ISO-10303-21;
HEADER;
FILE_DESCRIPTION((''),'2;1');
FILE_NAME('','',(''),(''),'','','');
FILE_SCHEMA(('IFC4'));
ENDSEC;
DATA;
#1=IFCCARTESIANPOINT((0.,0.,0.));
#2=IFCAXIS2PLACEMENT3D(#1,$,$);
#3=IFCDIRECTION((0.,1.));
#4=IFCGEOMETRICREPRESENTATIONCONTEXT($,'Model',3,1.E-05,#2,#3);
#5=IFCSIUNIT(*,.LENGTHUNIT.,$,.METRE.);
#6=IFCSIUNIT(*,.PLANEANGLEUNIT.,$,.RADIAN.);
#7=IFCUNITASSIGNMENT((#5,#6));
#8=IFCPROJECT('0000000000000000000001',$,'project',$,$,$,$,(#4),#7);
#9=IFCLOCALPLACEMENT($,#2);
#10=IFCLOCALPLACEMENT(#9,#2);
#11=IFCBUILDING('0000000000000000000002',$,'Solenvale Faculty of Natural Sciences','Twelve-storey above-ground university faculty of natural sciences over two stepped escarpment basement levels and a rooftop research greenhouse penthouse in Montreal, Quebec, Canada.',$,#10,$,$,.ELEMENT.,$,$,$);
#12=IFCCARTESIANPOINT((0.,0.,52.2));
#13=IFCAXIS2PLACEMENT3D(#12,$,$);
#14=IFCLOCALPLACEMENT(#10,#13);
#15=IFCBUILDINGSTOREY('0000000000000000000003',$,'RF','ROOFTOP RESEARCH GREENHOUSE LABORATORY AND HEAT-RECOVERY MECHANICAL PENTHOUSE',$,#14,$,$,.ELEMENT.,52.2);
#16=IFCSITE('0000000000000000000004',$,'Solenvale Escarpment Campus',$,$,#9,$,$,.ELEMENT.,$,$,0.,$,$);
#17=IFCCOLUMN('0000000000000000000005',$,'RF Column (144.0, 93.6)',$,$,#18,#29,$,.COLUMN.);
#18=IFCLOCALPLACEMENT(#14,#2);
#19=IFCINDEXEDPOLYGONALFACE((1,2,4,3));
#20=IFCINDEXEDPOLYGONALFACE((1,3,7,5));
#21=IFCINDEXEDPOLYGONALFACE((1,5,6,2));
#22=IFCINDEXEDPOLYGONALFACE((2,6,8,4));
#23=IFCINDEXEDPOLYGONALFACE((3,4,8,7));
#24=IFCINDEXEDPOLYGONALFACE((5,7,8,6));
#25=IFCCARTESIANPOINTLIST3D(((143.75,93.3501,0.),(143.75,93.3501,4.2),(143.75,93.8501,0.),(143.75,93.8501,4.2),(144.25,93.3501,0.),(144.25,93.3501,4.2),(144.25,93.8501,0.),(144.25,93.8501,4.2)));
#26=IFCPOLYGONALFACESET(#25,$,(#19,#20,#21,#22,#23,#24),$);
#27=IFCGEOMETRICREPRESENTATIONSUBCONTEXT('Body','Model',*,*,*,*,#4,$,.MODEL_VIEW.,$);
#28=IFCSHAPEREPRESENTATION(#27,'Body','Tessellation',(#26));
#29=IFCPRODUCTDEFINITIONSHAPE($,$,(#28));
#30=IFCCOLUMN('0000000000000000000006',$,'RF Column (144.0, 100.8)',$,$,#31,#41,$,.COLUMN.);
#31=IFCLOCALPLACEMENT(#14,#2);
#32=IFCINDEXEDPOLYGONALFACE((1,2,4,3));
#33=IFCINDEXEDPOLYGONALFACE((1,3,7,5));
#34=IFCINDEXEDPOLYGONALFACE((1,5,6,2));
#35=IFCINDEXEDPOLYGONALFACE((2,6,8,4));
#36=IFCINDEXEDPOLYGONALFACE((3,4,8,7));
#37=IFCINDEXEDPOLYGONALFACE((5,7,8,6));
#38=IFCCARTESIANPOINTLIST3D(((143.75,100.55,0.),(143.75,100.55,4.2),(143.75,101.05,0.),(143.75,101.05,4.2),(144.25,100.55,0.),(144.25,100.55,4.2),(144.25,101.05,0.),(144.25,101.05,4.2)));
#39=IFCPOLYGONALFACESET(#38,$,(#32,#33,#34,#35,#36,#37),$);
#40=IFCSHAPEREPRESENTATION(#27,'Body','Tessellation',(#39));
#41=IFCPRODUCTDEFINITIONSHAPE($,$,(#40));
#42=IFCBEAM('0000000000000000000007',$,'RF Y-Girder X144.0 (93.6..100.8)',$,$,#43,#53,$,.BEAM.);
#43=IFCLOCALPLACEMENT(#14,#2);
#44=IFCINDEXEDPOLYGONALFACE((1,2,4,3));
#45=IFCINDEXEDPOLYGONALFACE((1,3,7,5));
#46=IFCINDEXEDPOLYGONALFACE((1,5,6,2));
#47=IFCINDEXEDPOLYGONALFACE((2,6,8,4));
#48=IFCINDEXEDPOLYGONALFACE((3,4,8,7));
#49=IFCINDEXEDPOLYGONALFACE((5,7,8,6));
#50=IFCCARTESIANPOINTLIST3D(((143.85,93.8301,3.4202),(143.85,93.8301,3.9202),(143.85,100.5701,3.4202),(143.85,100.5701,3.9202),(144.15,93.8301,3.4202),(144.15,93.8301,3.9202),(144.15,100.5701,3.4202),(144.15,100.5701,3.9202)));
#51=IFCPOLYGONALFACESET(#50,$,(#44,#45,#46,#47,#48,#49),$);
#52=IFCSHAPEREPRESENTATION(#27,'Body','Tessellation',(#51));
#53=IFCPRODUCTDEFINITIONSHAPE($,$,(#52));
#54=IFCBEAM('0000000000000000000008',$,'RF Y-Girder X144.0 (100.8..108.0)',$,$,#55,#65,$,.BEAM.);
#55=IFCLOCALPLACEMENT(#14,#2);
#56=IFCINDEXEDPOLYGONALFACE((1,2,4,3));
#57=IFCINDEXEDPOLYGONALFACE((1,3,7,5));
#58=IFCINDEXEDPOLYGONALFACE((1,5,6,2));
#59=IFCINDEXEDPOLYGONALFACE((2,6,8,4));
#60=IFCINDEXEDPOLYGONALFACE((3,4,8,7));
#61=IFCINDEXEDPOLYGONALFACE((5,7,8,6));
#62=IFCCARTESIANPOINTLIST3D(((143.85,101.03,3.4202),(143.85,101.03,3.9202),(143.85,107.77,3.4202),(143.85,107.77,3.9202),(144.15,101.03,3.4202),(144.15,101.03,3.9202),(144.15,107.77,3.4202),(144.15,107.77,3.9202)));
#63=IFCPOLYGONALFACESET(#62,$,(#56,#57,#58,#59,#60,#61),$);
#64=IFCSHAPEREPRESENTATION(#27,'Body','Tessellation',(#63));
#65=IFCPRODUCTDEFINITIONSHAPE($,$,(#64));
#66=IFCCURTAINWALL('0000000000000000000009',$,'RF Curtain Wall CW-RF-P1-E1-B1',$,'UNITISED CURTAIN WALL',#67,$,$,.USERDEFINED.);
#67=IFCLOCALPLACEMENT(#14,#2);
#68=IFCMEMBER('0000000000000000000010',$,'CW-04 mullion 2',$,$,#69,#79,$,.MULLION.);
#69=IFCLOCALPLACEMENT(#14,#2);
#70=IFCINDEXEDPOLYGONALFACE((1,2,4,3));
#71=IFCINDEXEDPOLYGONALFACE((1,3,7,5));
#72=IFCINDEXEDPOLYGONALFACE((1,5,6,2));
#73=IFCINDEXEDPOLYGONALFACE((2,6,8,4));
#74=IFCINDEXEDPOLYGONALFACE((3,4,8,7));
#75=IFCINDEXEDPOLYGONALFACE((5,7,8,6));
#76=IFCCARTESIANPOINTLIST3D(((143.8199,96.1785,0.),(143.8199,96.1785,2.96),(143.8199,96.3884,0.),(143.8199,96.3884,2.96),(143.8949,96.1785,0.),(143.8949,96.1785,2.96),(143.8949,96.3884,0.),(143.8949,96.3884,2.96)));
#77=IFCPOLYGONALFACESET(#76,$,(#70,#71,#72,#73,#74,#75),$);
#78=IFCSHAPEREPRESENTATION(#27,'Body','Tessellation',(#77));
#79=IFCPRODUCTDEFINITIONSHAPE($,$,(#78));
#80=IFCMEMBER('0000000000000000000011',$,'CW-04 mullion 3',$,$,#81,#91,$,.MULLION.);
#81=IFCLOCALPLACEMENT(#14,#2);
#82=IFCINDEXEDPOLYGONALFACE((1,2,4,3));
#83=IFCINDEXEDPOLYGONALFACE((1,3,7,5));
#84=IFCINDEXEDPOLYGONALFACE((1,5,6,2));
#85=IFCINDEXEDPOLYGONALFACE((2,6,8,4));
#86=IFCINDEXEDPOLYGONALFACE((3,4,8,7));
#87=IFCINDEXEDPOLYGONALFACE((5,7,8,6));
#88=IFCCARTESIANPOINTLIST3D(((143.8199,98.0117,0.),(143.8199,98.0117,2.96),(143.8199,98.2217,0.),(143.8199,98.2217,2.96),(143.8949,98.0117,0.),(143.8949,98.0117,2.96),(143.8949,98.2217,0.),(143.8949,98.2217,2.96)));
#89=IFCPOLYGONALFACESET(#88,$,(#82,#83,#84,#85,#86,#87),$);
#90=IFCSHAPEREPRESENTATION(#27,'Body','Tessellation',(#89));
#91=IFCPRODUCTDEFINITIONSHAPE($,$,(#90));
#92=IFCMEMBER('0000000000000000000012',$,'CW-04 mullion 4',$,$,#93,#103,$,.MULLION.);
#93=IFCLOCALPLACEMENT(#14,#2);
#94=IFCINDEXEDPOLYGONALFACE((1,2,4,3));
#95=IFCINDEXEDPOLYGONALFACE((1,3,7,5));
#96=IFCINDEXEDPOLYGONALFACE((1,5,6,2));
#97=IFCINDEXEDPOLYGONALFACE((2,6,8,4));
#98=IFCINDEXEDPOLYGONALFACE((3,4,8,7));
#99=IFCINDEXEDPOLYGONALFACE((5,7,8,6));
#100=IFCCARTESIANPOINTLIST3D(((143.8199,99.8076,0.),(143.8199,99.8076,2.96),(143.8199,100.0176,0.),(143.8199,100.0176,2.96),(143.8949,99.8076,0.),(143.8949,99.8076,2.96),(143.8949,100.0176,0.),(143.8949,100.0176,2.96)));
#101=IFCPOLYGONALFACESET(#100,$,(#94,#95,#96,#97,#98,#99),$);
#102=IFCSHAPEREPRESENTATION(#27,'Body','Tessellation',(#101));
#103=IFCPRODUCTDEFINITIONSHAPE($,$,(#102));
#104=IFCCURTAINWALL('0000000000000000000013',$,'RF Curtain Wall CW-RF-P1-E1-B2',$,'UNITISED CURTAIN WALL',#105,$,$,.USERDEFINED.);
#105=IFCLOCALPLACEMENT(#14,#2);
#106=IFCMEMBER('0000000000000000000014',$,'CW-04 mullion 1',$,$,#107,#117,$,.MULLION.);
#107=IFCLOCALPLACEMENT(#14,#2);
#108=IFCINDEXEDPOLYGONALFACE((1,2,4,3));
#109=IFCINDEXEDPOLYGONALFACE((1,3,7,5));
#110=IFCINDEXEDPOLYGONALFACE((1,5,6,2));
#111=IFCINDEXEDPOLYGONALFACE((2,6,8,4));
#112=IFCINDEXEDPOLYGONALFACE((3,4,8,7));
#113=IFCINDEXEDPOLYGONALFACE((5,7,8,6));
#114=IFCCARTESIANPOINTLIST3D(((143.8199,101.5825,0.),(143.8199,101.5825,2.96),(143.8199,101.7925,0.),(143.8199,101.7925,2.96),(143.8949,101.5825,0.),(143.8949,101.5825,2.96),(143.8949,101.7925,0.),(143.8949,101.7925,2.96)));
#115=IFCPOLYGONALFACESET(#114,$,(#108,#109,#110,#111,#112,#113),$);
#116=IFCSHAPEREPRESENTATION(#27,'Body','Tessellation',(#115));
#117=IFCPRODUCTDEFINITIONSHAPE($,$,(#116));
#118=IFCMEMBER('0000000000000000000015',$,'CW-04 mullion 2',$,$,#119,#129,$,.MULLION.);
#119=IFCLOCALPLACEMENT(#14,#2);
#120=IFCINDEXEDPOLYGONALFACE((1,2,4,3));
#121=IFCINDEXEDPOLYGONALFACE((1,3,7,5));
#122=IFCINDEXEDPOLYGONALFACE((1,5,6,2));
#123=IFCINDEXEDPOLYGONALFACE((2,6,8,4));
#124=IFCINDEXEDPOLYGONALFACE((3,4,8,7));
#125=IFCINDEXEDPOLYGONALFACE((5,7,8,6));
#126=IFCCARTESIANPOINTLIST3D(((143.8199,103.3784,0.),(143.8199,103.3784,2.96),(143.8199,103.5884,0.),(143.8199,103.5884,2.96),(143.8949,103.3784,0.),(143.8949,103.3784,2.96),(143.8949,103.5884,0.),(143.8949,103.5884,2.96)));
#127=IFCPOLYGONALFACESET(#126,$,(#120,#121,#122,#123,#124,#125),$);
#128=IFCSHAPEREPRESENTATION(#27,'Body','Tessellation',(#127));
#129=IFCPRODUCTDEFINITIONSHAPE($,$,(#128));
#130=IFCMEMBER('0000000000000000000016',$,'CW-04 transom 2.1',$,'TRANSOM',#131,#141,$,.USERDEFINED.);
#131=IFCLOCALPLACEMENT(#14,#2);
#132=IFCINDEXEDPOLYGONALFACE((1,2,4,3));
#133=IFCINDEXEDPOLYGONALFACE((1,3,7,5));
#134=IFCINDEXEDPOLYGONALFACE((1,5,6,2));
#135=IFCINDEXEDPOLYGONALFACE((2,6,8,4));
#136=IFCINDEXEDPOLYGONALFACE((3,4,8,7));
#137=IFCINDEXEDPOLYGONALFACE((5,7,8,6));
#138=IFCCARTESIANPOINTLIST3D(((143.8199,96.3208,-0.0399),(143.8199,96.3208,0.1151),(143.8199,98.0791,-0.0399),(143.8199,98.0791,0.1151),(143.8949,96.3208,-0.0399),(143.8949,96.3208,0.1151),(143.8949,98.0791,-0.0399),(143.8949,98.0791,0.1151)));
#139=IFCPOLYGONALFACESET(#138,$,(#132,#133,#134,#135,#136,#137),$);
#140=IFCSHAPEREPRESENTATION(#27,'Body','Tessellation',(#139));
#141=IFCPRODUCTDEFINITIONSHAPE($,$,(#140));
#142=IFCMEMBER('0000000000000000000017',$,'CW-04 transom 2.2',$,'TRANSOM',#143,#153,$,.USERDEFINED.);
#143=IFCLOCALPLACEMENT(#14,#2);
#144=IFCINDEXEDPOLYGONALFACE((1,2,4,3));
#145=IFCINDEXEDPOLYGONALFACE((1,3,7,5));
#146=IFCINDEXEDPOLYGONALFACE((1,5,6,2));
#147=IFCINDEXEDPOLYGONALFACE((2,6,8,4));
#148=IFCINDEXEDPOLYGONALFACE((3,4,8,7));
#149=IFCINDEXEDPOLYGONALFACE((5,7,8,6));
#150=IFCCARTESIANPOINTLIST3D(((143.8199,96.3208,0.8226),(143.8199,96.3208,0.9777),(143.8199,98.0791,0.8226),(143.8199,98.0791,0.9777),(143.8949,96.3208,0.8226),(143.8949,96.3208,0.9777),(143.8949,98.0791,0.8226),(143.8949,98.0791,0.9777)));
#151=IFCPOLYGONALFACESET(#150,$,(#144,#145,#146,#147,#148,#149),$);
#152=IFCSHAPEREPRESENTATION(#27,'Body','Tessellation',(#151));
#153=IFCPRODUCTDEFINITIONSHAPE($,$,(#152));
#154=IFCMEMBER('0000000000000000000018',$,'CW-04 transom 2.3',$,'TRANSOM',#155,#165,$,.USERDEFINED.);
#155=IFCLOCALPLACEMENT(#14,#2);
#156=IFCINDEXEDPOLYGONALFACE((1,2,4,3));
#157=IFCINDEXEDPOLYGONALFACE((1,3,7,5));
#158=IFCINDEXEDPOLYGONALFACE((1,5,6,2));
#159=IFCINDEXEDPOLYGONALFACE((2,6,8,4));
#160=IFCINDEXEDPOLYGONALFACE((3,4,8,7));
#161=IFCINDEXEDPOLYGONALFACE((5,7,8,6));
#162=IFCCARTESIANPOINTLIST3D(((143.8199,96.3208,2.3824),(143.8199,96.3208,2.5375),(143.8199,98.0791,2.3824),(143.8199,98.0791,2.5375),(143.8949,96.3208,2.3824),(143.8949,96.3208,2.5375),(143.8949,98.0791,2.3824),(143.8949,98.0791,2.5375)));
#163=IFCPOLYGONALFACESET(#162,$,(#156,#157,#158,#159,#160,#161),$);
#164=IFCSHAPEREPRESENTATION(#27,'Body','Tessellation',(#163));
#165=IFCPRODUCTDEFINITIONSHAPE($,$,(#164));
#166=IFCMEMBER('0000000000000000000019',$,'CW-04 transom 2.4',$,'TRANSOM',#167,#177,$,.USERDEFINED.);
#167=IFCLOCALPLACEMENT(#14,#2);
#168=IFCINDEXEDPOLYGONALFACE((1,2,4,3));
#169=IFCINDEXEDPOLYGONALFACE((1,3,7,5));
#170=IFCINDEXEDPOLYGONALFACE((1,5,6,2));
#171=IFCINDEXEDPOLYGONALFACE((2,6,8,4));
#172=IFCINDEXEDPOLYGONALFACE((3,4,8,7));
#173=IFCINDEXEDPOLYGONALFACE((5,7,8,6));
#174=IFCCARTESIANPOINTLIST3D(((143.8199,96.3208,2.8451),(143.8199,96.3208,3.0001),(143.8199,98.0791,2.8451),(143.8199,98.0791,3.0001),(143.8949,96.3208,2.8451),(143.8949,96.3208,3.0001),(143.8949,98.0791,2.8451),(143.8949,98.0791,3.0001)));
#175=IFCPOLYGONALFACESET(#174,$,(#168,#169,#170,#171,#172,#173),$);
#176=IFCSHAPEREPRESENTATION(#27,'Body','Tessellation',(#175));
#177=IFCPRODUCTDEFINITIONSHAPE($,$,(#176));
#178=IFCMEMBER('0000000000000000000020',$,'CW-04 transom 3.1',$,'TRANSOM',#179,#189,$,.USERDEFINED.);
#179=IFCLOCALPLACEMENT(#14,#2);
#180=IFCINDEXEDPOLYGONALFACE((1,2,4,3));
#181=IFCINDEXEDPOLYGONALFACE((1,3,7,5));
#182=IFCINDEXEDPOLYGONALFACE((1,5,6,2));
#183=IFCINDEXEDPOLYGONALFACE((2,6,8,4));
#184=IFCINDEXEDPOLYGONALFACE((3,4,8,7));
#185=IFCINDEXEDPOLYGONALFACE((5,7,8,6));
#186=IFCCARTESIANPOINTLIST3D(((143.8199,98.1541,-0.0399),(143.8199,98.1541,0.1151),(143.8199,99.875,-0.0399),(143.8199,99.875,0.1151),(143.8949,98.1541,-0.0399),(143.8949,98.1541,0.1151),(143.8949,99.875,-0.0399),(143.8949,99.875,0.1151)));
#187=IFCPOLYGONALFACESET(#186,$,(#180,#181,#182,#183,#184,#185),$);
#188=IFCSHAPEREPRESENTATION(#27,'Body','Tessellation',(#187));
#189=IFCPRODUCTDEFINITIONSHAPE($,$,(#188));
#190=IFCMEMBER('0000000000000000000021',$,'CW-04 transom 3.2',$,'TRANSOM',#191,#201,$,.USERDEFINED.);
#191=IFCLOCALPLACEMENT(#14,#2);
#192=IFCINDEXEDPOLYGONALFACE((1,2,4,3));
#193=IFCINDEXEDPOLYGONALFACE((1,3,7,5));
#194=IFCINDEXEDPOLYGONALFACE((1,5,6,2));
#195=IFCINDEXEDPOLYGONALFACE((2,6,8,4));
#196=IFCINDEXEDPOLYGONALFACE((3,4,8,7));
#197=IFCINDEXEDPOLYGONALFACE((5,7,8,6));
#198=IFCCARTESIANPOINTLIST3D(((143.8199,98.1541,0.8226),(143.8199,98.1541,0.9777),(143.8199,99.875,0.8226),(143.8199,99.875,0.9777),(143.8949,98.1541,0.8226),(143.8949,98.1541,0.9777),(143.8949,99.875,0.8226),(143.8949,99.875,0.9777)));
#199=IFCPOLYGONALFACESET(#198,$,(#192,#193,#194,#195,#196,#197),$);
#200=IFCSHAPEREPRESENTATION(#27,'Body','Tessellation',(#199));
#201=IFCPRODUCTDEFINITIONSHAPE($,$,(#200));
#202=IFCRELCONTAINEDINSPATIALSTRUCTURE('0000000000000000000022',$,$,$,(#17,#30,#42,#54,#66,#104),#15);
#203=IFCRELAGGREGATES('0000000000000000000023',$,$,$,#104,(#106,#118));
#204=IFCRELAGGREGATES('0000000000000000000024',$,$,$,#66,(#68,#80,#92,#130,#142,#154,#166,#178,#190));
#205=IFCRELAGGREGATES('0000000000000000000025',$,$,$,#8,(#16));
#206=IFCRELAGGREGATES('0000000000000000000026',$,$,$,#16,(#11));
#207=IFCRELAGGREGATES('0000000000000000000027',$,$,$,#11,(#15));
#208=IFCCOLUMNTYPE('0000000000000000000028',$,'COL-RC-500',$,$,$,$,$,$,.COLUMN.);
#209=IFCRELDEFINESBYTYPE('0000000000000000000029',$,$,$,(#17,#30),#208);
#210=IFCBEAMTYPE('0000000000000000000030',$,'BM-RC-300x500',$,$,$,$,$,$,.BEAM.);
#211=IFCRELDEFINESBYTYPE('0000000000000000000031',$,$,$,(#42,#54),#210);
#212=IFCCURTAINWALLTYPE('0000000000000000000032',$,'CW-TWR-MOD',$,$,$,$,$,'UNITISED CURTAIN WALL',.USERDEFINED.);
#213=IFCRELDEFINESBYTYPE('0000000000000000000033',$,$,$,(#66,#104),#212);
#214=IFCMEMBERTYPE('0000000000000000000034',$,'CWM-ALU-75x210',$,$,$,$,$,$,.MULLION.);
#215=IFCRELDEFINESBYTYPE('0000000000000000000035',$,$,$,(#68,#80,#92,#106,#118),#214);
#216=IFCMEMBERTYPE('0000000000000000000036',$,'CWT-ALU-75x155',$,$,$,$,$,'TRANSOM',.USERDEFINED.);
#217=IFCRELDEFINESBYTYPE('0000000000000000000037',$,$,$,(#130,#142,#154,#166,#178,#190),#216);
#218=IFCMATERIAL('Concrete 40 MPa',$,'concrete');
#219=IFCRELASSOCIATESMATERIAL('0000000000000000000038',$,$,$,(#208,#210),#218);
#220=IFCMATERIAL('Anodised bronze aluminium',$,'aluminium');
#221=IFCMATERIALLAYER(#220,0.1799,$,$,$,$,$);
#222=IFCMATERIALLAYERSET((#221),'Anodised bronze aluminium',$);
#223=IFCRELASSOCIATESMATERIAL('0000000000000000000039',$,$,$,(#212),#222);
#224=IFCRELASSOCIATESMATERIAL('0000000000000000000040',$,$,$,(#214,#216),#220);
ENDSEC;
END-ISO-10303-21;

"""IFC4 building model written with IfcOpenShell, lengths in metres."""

from ifc_helpers import new_model, si_unit, direction, frame, origin, origin_2d, place, context, subcontext, project, spatial, rectangle, extrude, material, layer, layer_set, material_profile, profile_set, type_object, element, aggregate, save


model = new_model("IFC4")

# Units and contexts
model_context = context("Model", 3, precision=1e-05, world=origin(), true_north=direction((0.0, 1.0)))
body_context = subcontext(model_context, "Body", "Model", "MODEL_VIEW")
ifc_project = project(units=[si_unit("LENGTHUNIT", "METRE"), si_unit("PLANEANGLEUNIT", "RADIAN")], contexts=[model_context])

# Site, building, storey
site_placement = place(None, origin())
site = spatial("IfcSite", under=ifc_project, at=site_placement, Name="Solenvale Escarpment Campus", CompositionType="ELEMENT", RefElevation=0.0)
building_placement = place(site_placement, origin())
building = spatial("IfcBuilding", under=site, at=building_placement, Name="Solenvale Faculty of Natural Sciences", Description="Twelve-storey above-ground university faculty of natural sciences over two stepped escarpment basement levels and a rooftop research greenhouse penthouse in Montreal, Quebec, Canada.", CompositionType="ELEMENT")
storey_placement = place(building_placement, frame((0.0, 0.0, 52.2)))
storey = spatial("IfcBuildingStorey", under=building, at=storey_placement, Name="RF", Description="ROOFTOP RESEARCH GREENHOUSE LABORATORY AND HEAT-RECOVERY MECHANICAL PENTHOUSE", CompositionType="ELEMENT", Elevation=52.2)

# Columns
ifc_material_1 = material(Name="Concrete 40 MPa", Category="concrete")
ifc_material_profile_1 = material_profile(ifc_material_1, rectangle(XDim=0.5, YDim=0.5, at=origin_2d()), Name="RC-COL-500x500")
ifc_profile_set_1 = profile_set([ifc_material_profile_1], Name="Concrete 40 MPa")
column_type = type_object("IfcColumnType", Name="COL-RC-500", PredefinedType="COLUMN", material=ifc_profile_set_1)
for number, where, z_axis, x_axis, name in (
    (1, (144.0, 93.6001, 0.0), (0.0, 0.0, 1.0), (1.0, 0.0, 0.0), "RF Column (144.0, 93.6)"),
    (2, (144.0, 100.8, 0.0), (0.0, 0.0, 1.0), (1.0, 0.0, 0.0), "RF Column (144.0, 100.8)"),
):
    element("IfcColumn", number, at=place(storey_placement, frame(where, z_axis=z_axis, x_axis=x_axis)), inside=storey, type_object=column_type, Name=name, PredefinedType="COLUMN", context=body_context, shape_type="SweptSolid", body=[
        extrude(rectangle(XDim=0.5, YDim=0.5, at=origin_2d()), origin(), (0.0, 0.0, 1.0), 4.2),
    ])

# Beams
ifc_material_profile_2 = material_profile(ifc_material_1, rectangle(XDim=0.3, YDim=0.5, at=origin_2d()), Name="RC-BM-300x500")
ifc_profile_set_2 = profile_set([ifc_material_profile_2], Name="Concrete 40 MPa")
beam_type = type_object("IfcBeamType", Name="BM-RC-300x500", PredefinedType="BEAM", material=ifc_profile_set_2)
for number, where, z_axis, x_axis, name in (
    (3, (144.0, 93.8301, 3.6702), (0.0, 1.0, 0.0), (-1.0, 0.0, 0.0), "RF Y-Girder X144.0 (93.6..100.8)"),
    (4, (144.0, 101.03, 3.6702), (0.0, 1.0, 0.0), (-1.0, 0.0, 0.0), "RF Y-Girder X144.0 (100.8..108.0)"),
):
    element("IfcBeam", number, at=place(storey_placement, frame(where, z_axis=z_axis, x_axis=x_axis)), inside=storey, type_object=beam_type, Name=name, PredefinedType="BEAM", context=body_context, shape_type="SweptSolid", body=[
        extrude(rectangle(XDim=0.3, YDim=0.5, at=origin_2d()), origin(), (0.0, 0.0, 1.0), 6.74),
    ])

# Curtain walls, members
ifc_material_2 = material(Name="Anodised bronze aluminium", Category="aluminium")
ifc_layer_1 = layer(ifc_material_2, 0.1799)
ifc_layer_set_1 = layer_set([ifc_layer_1], Name="Anodised bronze aluminium")
curtain_wall_type = type_object("IfcCurtainWallType", Name="CW-TWR-MOD", ElementType="UNITISED CURTAIN WALL", PredefinedType="USERDEFINED", material=ifc_layer_set_1)
curtain_wall_1_placement = place(storey_placement, origin())
curtain_wall_1 = element("IfcCurtainWall", 5, at=curtain_wall_1_placement, inside=storey, type_object=curtain_wall_type, Name="RF Curtain Wall CW-RF-P1-E1-B1", ObjectType="UNITISED CURTAIN WALL", PredefinedType="USERDEFINED")
ifc_material_profile_3 = material_profile(ifc_material_2, rectangle(XDim=0.075, YDim=0.21, at=origin_2d()), Name="ALU-MUL-75x210")
ifc_profile_set_3 = profile_set([ifc_material_profile_3], Name="Anodised bronze aluminium")
member_type_1 = type_object("IfcMemberType", Name="CWM-ALU-75x210", PredefinedType="MULLION", material=ifc_profile_set_3)
member_1_placement = place(storey_placement, frame((143.8574, 96.2834, 0.0), z_axis=(0.0, 0.0, 1.0), x_axis=(-1.0, 0.0, 0.0)))
member_1 = element("IfcMember", 6, at=member_1_placement, type_object=member_type_1, Name="CW-04 mullion 2", PredefinedType="MULLION", context=body_context, shape_type="SweptSolid", body=[
    extrude(rectangle(XDim=0.075, YDim=0.21, at=origin_2d()), origin(), (0.0, 0.0, 1.0), 2.96),
])
member_2_placement = place(storey_placement, frame((143.8574, 98.1167, 0.0), z_axis=(0.0, 0.0, 1.0), x_axis=(-1.0, 0.0, 0.0)))
member_2 = element("IfcMember", 7, at=member_2_placement, type_object=member_type_1, Name="CW-04 mullion 3", PredefinedType="MULLION", context=body_context, shape_type="SweptSolid", body=[
    extrude(rectangle(XDim=0.075, YDim=0.21, at=origin_2d()), origin(), (0.0, 0.0, 1.0), 2.96),
])
member_3_placement = place(storey_placement, frame((143.8574, 99.9126, 0.0), z_axis=(0.0, 0.0, 1.0), x_axis=(-1.0, 0.0, 0.0)))
member_3 = element("IfcMember", 8, at=member_3_placement, type_object=member_type_1, Name="CW-04 mullion 4", PredefinedType="MULLION", context=body_context, shape_type="SweptSolid", body=[
    extrude(rectangle(XDim=0.075, YDim=0.21, at=origin_2d()), origin(), (0.0, 0.0, 1.0), 2.96),
])
curtain_wall_2_placement = place(storey_placement, origin())
curtain_wall_2 = element("IfcCurtainWall", 9, at=curtain_wall_2_placement, inside=storey, type_object=curtain_wall_type, Name="RF Curtain Wall CW-RF-P1-E1-B2", ObjectType="UNITISED CURTAIN WALL", PredefinedType="USERDEFINED")
member_4_placement = place(storey_placement, frame((143.8574, 101.6875, 0.0), z_axis=(0.0, 0.0, 1.0), x_axis=(-1.0, 0.0, 0.0)))
member_4 = element("IfcMember", 10, at=member_4_placement, type_object=member_type_1, Name="CW-04 mullion 1", PredefinedType="MULLION", context=body_context, shape_type="SweptSolid", body=[
    extrude(rectangle(XDim=0.075, YDim=0.21, at=origin_2d()), origin(), (0.0, 0.0, 1.0), 2.96),
])
member_5_placement = place(storey_placement, frame((143.8574, 103.4834, 0.0), z_axis=(0.0, 0.0, 1.0), x_axis=(-1.0, 0.0, 0.0)))
member_5 = element("IfcMember", 11, at=member_5_placement, type_object=member_type_1, Name="CW-04 mullion 2", PredefinedType="MULLION", context=body_context, shape_type="SweptSolid", body=[
    extrude(rectangle(XDim=0.075, YDim=0.21, at=origin_2d()), origin(), (0.0, 0.0, 1.0), 2.96),
])

# Members
ifc_material_profile_4 = material_profile(ifc_material_2, rectangle(XDim=0.075, YDim=0.155, at=origin_2d()), Name="ALU-TRN-75x155")
ifc_profile_set_4 = profile_set([ifc_material_profile_4], Name="Anodised bronze aluminium")
member_type_2 = type_object("IfcMemberType", Name="CWT-ALU-75x155", ElementType="TRANSOM", PredefinedType="USERDEFINED", material=ifc_profile_set_4)
member_6_placement = place(storey_placement, frame((143.8574, 96.3208, 0.0376), z_axis=(0.0, 1.0, 0.0), x_axis=(-1.0, 0.0, 0.0)))
member_6 = element("IfcMember", 12, at=member_6_placement, type_object=member_type_2, Name="CW-04 transom 2.1", ObjectType="TRANSOM", PredefinedType="USERDEFINED", context=body_context, shape_type="SweptSolid", body=[
    extrude(rectangle(XDim=0.075, YDim=0.155, at=origin_2d()), origin(), (0.0, 0.0, 1.0), 1.7583),
])
member_7_placement = place(storey_placement, frame((143.8574, 96.3208, 0.9001), z_axis=(0.0, 1.0, 0.0), x_axis=(-1.0, 0.0, 0.0)))
member_7 = element("IfcMember", 13, at=member_7_placement, type_object=member_type_2, Name="CW-04 transom 2.2", ObjectType="TRANSOM", PredefinedType="USERDEFINED", context=body_context, shape_type="SweptSolid", body=[
    extrude(rectangle(XDim=0.075, YDim=0.155, at=origin_2d()), origin(), (0.0, 0.0, 1.0), 1.7583),
])
member_8_placement = place(storey_placement, frame((143.8574, 96.3208, 2.46), z_axis=(0.0, 1.0, 0.0), x_axis=(-1.0, 0.0, 0.0)))
member_8 = element("IfcMember", 14, at=member_8_placement, type_object=member_type_2, Name="CW-04 transom 2.3", ObjectType="TRANSOM", PredefinedType="USERDEFINED", context=body_context, shape_type="SweptSolid", body=[
    extrude(rectangle(XDim=0.075, YDim=0.155, at=origin_2d()), origin(), (0.0, 0.0, 1.0), 1.7583),
])
member_9_placement = place(storey_placement, frame((143.8574, 96.3208, 2.9226), z_axis=(0.0, 1.0, 0.0), x_axis=(-1.0, 0.0, 0.0)))
member_9 = element("IfcMember", 15, at=member_9_placement, type_object=member_type_2, Name="CW-04 transom 2.4", ObjectType="TRANSOM", PredefinedType="USERDEFINED", context=body_context, shape_type="SweptSolid", body=[
    extrude(rectangle(XDim=0.075, YDim=0.155, at=origin_2d()), origin(), (0.0, 0.0, 1.0), 1.7583),
])
member_10_placement = place(storey_placement, frame((143.8574, 98.1541, 0.0376), z_axis=(0.0, 1.0, 0.0), x_axis=(-1.0, 0.0, 0.0)))
member_10 = element("IfcMember", 16, at=member_10_placement, type_object=member_type_2, Name="CW-04 transom 3.1", ObjectType="TRANSOM", PredefinedType="USERDEFINED", context=body_context, shape_type="SweptSolid", body=[
    extrude(rectangle(XDim=0.075, YDim=0.155, at=origin_2d()), origin(), (0.0, 0.0, 1.0), 1.7209),
])
member_11_placement = place(storey_placement, frame((143.8574, 98.1541, 0.9001), z_axis=(0.0, 1.0, 0.0), x_axis=(-1.0, 0.0, 0.0)))
member_11 = element("IfcMember", 17, at=member_11_placement, type_object=member_type_2, Name="CW-04 transom 3.2", ObjectType="TRANSOM", PredefinedType="USERDEFINED", context=body_context, shape_type="SweptSolid", body=[
    extrude(rectangle(XDim=0.075, YDim=0.155, at=origin_2d()), origin(), (0.0, 0.0, 1.0), 1.7209),
])

aggregate(curtain_wall_2, [member_4, member_5])
aggregate(curtain_wall_1, [member_1, member_2, member_3, member_6, member_7, member_8, member_9, member_10, member_11])

save(model, "model.ifc")
